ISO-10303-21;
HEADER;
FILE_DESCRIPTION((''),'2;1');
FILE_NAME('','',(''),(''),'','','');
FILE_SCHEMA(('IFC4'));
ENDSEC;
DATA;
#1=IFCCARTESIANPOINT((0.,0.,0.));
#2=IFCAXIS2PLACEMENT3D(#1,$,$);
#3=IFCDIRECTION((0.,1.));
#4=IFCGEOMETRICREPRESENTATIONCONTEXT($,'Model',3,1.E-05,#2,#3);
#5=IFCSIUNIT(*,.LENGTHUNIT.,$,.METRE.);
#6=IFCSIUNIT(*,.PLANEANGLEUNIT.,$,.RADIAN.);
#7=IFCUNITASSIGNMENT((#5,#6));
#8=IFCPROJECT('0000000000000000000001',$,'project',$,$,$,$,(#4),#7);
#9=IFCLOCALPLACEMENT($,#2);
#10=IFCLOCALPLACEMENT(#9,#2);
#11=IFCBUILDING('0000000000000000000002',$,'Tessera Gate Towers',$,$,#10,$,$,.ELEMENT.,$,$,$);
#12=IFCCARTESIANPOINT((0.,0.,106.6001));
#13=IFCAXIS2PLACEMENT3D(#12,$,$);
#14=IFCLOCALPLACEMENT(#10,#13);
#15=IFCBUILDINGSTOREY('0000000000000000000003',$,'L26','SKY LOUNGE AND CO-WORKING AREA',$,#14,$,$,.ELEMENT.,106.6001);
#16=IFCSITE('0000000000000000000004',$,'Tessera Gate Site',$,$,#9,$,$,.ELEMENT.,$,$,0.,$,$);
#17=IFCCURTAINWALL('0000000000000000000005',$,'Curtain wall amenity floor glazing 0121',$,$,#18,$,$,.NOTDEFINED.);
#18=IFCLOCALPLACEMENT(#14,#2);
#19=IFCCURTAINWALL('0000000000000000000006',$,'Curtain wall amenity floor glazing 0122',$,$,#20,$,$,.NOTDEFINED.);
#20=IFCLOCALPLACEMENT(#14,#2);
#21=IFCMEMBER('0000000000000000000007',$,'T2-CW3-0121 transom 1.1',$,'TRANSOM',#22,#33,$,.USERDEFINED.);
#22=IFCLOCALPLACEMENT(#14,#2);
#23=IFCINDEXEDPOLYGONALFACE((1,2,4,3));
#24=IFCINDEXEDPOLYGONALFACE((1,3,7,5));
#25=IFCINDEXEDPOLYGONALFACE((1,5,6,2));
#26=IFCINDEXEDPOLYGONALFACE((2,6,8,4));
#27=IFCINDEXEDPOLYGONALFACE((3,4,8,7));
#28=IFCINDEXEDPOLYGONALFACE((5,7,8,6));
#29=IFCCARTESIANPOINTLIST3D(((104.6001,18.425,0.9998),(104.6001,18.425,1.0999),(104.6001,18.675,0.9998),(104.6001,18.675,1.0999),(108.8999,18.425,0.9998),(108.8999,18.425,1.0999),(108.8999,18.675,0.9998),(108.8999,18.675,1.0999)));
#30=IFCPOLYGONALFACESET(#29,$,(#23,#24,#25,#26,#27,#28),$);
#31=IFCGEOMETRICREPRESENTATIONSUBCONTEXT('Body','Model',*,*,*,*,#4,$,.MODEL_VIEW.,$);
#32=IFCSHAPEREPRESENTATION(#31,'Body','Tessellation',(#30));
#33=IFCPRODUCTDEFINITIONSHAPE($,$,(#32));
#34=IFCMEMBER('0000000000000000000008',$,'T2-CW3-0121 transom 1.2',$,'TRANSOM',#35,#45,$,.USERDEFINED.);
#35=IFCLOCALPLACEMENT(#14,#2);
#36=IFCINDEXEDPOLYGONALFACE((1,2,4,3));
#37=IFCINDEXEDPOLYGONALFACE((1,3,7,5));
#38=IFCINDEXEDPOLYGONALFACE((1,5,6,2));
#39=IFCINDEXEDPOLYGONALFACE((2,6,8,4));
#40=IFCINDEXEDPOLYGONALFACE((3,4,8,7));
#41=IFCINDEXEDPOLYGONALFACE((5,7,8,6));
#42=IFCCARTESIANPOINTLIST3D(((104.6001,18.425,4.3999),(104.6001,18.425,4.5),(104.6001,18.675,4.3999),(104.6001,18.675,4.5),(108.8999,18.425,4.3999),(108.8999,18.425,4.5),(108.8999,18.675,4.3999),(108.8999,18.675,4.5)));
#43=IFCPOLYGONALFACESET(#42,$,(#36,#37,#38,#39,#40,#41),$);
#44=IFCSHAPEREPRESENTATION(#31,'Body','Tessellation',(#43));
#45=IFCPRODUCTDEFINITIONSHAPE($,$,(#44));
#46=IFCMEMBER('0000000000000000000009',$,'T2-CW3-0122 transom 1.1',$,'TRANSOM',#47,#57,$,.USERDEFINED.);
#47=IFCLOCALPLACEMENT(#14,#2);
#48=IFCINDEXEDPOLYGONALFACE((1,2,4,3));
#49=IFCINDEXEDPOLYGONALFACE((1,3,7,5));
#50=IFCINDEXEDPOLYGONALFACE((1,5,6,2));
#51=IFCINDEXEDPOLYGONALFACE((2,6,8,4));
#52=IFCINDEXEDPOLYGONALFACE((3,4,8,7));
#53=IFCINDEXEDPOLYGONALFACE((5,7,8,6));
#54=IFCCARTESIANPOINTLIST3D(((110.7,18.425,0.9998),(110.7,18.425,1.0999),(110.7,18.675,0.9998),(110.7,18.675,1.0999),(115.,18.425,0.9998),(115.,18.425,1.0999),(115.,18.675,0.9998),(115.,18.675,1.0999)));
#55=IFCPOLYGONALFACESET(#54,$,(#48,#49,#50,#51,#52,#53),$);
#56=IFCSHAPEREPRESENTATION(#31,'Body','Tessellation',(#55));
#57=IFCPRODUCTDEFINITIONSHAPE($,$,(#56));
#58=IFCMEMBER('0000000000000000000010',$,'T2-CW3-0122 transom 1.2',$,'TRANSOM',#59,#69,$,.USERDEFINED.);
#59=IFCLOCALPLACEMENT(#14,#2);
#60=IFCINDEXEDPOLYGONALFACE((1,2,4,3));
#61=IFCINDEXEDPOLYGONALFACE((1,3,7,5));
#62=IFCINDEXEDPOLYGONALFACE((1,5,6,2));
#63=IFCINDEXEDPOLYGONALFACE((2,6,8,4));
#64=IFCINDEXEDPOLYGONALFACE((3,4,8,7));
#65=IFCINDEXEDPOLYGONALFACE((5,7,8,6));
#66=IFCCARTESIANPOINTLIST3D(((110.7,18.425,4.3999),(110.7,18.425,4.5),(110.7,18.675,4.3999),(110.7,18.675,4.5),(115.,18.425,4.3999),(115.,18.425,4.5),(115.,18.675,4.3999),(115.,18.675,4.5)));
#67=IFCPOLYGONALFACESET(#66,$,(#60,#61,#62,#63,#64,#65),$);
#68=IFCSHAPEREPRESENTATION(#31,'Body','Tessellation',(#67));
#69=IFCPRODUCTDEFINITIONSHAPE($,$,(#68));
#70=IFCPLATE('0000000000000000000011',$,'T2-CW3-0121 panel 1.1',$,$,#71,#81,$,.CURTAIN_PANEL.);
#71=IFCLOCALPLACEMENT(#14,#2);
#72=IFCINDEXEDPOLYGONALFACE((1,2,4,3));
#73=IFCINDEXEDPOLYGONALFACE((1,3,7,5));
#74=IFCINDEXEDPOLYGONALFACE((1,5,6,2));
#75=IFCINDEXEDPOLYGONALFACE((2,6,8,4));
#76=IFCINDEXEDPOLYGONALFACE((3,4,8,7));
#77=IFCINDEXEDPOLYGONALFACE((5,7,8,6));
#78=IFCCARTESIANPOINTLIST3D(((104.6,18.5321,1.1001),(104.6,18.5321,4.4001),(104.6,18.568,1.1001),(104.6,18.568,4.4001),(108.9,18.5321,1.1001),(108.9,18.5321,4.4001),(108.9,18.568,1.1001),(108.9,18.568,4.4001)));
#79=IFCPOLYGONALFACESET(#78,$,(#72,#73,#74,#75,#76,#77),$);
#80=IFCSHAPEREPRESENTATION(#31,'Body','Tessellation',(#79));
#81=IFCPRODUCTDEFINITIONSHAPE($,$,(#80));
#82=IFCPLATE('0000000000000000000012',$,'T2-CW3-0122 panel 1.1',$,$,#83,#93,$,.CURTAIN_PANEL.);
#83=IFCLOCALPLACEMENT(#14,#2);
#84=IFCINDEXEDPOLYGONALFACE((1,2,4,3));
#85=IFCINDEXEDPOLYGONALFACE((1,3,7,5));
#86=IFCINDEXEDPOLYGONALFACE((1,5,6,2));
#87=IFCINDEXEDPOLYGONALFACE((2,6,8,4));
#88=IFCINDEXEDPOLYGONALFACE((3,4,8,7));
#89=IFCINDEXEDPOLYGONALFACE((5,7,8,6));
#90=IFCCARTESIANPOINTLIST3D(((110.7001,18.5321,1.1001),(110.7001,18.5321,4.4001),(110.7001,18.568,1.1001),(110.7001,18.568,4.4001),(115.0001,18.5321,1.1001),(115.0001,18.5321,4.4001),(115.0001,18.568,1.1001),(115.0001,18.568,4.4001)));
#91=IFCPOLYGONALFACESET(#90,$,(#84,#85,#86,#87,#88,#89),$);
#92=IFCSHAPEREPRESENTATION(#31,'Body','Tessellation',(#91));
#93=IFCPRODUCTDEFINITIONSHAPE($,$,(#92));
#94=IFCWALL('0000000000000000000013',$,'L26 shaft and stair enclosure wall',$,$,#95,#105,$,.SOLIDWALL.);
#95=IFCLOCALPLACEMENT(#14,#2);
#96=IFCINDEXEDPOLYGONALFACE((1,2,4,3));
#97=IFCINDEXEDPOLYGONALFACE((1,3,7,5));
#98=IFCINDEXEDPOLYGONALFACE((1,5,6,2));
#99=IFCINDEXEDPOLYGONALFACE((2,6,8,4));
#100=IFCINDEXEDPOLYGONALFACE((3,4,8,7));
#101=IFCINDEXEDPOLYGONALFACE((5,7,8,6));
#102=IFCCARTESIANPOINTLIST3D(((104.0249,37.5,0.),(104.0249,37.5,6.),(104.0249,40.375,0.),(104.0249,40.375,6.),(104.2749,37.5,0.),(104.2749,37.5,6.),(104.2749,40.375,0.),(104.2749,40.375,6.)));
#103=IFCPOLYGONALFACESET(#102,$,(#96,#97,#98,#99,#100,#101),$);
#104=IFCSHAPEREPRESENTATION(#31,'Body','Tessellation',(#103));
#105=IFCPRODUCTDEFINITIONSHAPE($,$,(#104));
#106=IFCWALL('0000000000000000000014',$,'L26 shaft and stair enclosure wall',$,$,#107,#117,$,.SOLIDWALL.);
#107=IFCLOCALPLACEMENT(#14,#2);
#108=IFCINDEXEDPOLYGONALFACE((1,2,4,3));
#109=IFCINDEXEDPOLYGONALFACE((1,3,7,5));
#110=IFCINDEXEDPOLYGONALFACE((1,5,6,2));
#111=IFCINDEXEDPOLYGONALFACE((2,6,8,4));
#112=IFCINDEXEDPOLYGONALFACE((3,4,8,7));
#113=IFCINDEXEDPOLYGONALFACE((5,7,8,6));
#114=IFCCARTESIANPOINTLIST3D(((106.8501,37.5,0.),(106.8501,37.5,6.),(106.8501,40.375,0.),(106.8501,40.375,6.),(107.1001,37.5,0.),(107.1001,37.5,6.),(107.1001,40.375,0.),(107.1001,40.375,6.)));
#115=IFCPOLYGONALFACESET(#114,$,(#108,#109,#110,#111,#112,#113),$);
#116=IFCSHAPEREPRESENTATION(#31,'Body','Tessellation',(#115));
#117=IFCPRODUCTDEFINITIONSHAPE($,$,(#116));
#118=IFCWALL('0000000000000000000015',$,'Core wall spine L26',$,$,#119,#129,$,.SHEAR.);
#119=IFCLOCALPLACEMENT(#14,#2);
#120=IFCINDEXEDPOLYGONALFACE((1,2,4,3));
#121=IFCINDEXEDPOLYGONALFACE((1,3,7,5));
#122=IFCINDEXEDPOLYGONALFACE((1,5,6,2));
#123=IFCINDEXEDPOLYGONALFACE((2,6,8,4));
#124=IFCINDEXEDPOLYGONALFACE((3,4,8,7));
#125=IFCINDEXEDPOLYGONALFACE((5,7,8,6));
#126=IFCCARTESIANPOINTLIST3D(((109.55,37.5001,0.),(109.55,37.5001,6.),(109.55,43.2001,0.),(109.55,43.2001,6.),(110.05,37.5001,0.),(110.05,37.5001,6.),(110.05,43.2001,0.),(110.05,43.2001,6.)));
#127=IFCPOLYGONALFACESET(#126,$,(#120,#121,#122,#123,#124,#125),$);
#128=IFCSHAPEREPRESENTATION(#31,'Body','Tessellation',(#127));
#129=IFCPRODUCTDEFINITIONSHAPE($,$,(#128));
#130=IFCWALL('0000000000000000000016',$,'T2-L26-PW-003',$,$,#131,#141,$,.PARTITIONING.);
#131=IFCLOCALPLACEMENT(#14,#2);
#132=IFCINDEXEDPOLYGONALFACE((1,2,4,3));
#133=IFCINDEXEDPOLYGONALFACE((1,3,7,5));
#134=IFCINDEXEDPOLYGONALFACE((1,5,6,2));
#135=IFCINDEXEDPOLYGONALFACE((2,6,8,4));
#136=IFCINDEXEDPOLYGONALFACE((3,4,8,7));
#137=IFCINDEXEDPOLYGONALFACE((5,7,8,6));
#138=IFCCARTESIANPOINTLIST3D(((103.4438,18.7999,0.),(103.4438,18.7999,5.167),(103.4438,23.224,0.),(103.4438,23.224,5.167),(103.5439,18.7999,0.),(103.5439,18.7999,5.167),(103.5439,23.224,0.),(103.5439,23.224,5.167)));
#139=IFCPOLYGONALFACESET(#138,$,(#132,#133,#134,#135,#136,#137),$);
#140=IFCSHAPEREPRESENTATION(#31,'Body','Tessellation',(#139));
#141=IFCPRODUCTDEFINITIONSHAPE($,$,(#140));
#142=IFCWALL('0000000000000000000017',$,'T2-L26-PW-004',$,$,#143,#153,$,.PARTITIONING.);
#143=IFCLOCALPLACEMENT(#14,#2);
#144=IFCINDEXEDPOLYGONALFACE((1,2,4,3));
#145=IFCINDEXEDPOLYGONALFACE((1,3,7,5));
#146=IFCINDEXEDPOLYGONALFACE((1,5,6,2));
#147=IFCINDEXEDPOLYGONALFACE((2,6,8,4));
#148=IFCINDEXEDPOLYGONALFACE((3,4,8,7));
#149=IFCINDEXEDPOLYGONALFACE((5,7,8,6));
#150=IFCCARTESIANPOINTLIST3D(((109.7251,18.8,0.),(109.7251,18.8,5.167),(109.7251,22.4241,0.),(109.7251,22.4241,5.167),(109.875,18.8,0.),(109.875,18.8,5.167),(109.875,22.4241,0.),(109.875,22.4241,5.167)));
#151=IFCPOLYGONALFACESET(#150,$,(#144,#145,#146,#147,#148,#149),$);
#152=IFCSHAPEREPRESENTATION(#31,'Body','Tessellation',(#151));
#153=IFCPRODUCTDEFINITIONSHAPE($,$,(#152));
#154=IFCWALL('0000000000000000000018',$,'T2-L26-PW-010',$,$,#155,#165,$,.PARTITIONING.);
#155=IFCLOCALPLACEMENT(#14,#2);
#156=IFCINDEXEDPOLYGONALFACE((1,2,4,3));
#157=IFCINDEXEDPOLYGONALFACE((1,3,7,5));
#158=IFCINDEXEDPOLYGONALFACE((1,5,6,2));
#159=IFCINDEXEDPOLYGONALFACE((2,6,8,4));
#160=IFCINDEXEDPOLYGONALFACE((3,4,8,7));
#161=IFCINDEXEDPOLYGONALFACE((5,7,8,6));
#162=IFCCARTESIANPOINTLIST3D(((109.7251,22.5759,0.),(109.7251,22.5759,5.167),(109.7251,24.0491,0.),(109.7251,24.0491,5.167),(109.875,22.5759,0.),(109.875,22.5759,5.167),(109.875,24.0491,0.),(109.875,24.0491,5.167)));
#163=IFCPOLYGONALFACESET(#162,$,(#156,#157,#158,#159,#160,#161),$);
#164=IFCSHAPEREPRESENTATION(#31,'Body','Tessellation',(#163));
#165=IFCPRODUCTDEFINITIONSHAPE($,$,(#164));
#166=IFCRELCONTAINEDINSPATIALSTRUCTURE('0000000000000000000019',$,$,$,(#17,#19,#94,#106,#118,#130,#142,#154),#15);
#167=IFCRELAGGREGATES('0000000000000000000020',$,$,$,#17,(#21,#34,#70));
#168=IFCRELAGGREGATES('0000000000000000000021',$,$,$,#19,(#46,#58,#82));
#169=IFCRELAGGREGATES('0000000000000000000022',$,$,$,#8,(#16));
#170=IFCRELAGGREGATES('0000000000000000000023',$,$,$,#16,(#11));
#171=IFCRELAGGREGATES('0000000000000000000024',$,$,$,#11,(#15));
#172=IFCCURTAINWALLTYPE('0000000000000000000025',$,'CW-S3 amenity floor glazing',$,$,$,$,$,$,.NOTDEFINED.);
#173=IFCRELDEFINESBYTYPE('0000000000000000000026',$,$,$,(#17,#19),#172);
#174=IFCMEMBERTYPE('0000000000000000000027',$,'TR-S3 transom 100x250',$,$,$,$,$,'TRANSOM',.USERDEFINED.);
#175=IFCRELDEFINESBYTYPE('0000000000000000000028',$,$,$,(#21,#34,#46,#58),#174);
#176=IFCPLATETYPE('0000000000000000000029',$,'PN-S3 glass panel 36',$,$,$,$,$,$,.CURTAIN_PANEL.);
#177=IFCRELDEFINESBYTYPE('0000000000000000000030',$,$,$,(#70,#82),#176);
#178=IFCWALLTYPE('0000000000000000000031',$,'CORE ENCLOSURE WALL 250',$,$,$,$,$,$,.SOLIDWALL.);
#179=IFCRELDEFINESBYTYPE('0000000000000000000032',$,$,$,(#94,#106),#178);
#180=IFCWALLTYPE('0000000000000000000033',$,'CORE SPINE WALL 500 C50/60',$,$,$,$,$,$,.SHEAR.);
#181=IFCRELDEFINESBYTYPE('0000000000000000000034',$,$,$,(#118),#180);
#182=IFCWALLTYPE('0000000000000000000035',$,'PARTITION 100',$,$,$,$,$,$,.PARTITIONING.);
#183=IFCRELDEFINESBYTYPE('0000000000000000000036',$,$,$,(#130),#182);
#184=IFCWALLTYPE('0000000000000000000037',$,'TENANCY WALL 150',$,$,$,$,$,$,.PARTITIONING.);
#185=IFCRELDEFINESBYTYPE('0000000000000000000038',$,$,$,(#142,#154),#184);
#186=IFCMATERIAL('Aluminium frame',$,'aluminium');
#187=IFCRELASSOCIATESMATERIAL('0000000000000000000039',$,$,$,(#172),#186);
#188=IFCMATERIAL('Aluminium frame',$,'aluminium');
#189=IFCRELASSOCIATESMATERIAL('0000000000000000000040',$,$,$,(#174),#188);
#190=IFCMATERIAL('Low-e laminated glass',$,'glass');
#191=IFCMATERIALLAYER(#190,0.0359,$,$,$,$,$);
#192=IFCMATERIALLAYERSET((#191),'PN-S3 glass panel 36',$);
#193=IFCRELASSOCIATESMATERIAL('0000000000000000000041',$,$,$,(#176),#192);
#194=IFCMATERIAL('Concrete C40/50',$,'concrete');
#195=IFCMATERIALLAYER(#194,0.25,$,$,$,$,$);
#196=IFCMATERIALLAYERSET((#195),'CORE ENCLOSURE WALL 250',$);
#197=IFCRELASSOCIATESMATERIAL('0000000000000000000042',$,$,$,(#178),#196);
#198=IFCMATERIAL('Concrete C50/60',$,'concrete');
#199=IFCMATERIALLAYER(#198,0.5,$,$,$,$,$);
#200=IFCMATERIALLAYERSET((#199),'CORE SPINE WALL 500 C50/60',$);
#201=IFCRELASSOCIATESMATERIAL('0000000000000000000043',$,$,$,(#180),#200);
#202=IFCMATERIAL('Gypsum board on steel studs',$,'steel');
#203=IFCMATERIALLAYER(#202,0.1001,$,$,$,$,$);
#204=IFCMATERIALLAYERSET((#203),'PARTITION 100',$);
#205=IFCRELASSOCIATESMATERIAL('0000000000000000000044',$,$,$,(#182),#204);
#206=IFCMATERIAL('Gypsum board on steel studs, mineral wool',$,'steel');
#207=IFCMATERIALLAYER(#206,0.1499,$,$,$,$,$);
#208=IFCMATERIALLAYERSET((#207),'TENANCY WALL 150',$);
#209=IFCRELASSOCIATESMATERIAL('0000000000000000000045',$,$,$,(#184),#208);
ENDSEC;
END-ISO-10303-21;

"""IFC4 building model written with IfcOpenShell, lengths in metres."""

from ifc_helpers import new_model, si_unit, direction, frame, frame_2d, origin, origin_2d, place, context, subcontext, project, spatial, rectangle, extrude, material, layer, layer_set, material_profile, profile_set, type_object, element, aggregate, save


model = new_model("IFC4")

# Units and contexts
model_context = context("Model", 3, precision=1e-05, world=origin(), true_north=direction((0.0, 1.0)))
body_context = subcontext(model_context, "Body", "Model", "MODEL_VIEW")
ifc_project = project(units=[si_unit("LENGTHUNIT", "METRE"), si_unit("PLANEANGLEUNIT", "RADIAN")], contexts=[model_context])

# Site, building, storey
site_placement = place(None, origin())
site = spatial("IfcSite", under=ifc_project, at=site_placement, Name="Tessera Gate Site", CompositionType="ELEMENT", RefElevation=0.0)
building_placement = place(site_placement, origin())
building = spatial("IfcBuilding", under=site, at=building_placement, Name="Tessera Gate Towers", CompositionType="ELEMENT")
storey_placement = place(building_placement, frame((0.0, 0.0, 106.6001)))
storey = spatial("IfcBuildingStorey", under=building, at=storey_placement, Name="L26", Description="SKY LOUNGE AND CO-WORKING AREA", CompositionType="ELEMENT", Elevation=106.6001)

# Curtain wall
ifc_material_1 = material(Name="Aluminium frame", Category="aluminium")
curtain_wall_type = type_object("IfcCurtainWallType", Name="CW-S3 amenity floor glazing", PredefinedType="NOTDEFINED", material=ifc_material_1)
curtain_wall_1_placement = place(storey_placement, origin())
curtain_wall_1 = element("IfcCurtainWall", 1, at=curtain_wall_1_placement, inside=storey, type_object=curtain_wall_type, Name="Curtain wall amenity floor glazing 0121", PredefinedType="NOTDEFINED")

# Curtain wall
curtain_wall_2_placement = place(storey_placement, origin())
curtain_wall_2 = element("IfcCurtainWall", 2, at=curtain_wall_2_placement, inside=storey, type_object=curtain_wall_type, Name="Curtain wall amenity floor glazing 0122", PredefinedType="NOTDEFINED")

# Members
ifc_material_2 = material(Name="Aluminium frame", Category="aluminium")
ifc_material_profile_1 = material_profile(ifc_material_2, rectangle(XDim=0.25, YDim=0.1001, at=origin_2d()), Name="AL 100x250")
ifc_profile_set_1 = profile_set([ifc_material_profile_1], Name="Aluminium frame")
member_type_1 = type_object("IfcMemberType", Name="TR-S3 transom 100x250", ElementType="TRANSOM", PredefinedType="USERDEFINED", material=ifc_profile_set_1)
member_1_placement = place(storey_placement, frame((104.6001, 18.55, 1.0498), z_axis=(1.0, 0.0, 0.0), x_axis=(0.0, 1.0, 0.0)))
member_1 = element("IfcMember", 3, at=member_1_placement, type_object=member_type_1, Name="T2-CW3-0121 transom 1.1", ObjectType="TRANSOM", PredefinedType="USERDEFINED", context=body_context, shape_type="SweptSolid", body=[
    extrude(rectangle(XDim=0.25, YDim=0.1001, at=origin_2d()), origin(), (0.0, 0.0, 1.0), 4.2998),
])
member_2_placement = place(storey_placement, frame((104.6001, 18.55, 4.45), z_axis=(1.0, 0.0, 0.0), x_axis=(0.0, 1.0, 0.0)))
member_2 = element("IfcMember", 4, at=member_2_placement, type_object=member_type_1, Name="T2-CW3-0121 transom 1.2", ObjectType="TRANSOM", PredefinedType="USERDEFINED", context=body_context, shape_type="SweptSolid", body=[
    extrude(rectangle(XDim=0.25, YDim=0.1001, at=origin_2d()), origin(), (0.0, 0.0, 1.0), 4.2998),
])
member_3_placement = place(storey_placement, frame((110.7, 18.55, 1.0498), z_axis=(1.0, 0.0, 0.0), x_axis=(0.0, 1.0, 0.0)))
member_3 = element("IfcMember", 5, at=member_3_placement, type_object=member_type_1, Name="T2-CW3-0122 transom 1.1", ObjectType="TRANSOM", PredefinedType="USERDEFINED", context=body_context, shape_type="SweptSolid", body=[
    extrude(rectangle(XDim=0.25, YDim=0.1001, at=origin_2d()), origin(), (0.0, 0.0, 1.0), 4.3),
])
member_4_placement = place(storey_placement, frame((110.7, 18.55, 4.45), z_axis=(1.0, 0.0, 0.0), x_axis=(0.0, 1.0, 0.0)))
member_4 = element("IfcMember", 6, at=member_4_placement, type_object=member_type_1, Name="T2-CW3-0122 transom 1.2", ObjectType="TRANSOM", PredefinedType="USERDEFINED", context=body_context, shape_type="SweptSolid", body=[
    extrude(rectangle(XDim=0.25, YDim=0.1001, at=origin_2d()), origin(), (0.0, 0.0, 1.0), 4.3),
])

# Plates
ifc_material_3 = material(Name="Low-e laminated glass", Category="glass")
ifc_layer_1 = layer(ifc_material_3, 0.0359)
ifc_layer_set_1 = layer_set([ifc_layer_1], Name="PN-S3 glass panel 36")
plate_type = type_object("IfcPlateType", Name="PN-S3 glass panel 36", PredefinedType="CURTAIN_PANEL", material=ifc_layer_set_1)
plate_1_placement = place(storey_placement, frame((106.75, 18.55, 1.1001), z_axis=(0.0, 0.0, 1.0), x_axis=(1.0, 0.0, 0.0)))
plate_1 = element("IfcPlate", 7, at=plate_1_placement, type_object=plate_type, Name="T2-CW3-0121 panel 1.1", PredefinedType="CURTAIN_PANEL", context=body_context, shape_type="SweptSolid", body=[
    extrude(rectangle(XDim=4.3, YDim=0.0359, at=origin_2d()), origin(), (0.0, 0.0, 1.0), 3.3),
])
aggregate(curtain_wall_1, [member_1, member_2, plate_1])
plate_2_placement = place(storey_placement, frame((112.8501, 18.55, 1.1001), z_axis=(0.0, 0.0, 1.0), x_axis=(1.0, 0.0, 0.0)))
plate_2 = element("IfcPlate", 8, at=plate_2_placement, type_object=plate_type, Name="T2-CW3-0122 panel 1.1", PredefinedType="CURTAIN_PANEL", context=body_context, shape_type="SweptSolid", body=[
    extrude(rectangle(XDim=4.3, YDim=0.0359, at=origin_2d()), origin(), (0.0, 0.0, 1.0), 3.3),
])
aggregate(curtain_wall_2, [member_3, member_4, plate_2])

# Walls
ifc_material_4 = material(Name="Concrete C40/50", Category="concrete")
ifc_layer_2 = layer(ifc_material_4, 0.25)
ifc_layer_set_2 = layer_set([ifc_layer_2], Name="CORE ENCLOSURE WALL 250")
wall_type_1 = type_object("IfcWallType", Name="CORE ENCLOSURE WALL 250", PredefinedType="SOLIDWALL", material=ifc_layer_set_2)
for number, where, z_axis, x_axis, name in (
    (9, (104.1499, 37.5, 0.0), (0.0, 0.0, 1.0), (0.0, 1.0, 0.0), "L26 shaft and stair enclosure wall"),
    (10, (106.9751, 37.5, 0.0), (0.0, 0.0, 1.0), (0.0, 1.0, 0.0), "L26 shaft and stair enclosure wall"),
):
    element("IfcWall", number, at=place(storey_placement, frame(where, z_axis=z_axis, x_axis=x_axis)), inside=storey, type_object=wall_type_1, Name=name, PredefinedType="SOLIDWALL", context=body_context, shape_type="SweptSolid", body=[
        extrude(rectangle(XDim=2.875, YDim=0.25, at=frame_2d((1.4375, 0.0))), origin(), (0.0, 0.0, 1.0), 6.0),
    ])
ifc_material_5 = material(Name="Concrete C50/60", Category="concrete")
ifc_layer_3 = layer(ifc_material_5, 0.5)
ifc_layer_set_3 = layer_set([ifc_layer_3], Name="CORE SPINE WALL 500 C50/60")
wall_type_2 = type_object("IfcWallType", Name="CORE SPINE WALL 500 C50/60", PredefinedType="SHEAR", material=ifc_layer_set_3)
wall_1_placement = place(storey_placement, frame((109.8, 37.5, 0.0), z_axis=(0.0, 0.0, 1.0), x_axis=(0.0, 1.0, 0.0)))
element("IfcWall", 11, at=wall_1_placement, inside=storey, type_object=wall_type_2, Name="Core wall spine L26", PredefinedType="SHEAR", context=body_context, shape_type="SweptSolid", body=[
    extrude(rectangle(XDim=5.7, YDim=0.5, at=frame_2d((2.8501, 0.0))), origin(), (0.0, 0.0, 1.0), 6.0),
])
ifc_material_6 = material(Name="Gypsum board on steel studs", Category="steel")
ifc_layer_4 = layer(ifc_material_6, 0.1001)
ifc_layer_set_4 = layer_set([ifc_layer_4], Name="PARTITION 100")
wall_type_3 = type_object("IfcWallType", Name="PARTITION 100", PredefinedType="PARTITIONING", material=ifc_layer_set_4)
wall_2_placement = place(storey_placement, frame((103.4939, 18.8, 0.0), z_axis=(0.0, 0.0, 1.0), x_axis=(0.0, 1.0, 0.0)))
element("IfcWall", 12, at=wall_2_placement, inside=storey, type_object=wall_type_3, Name="T2-L26-PW-003", PredefinedType="PARTITIONING", context=body_context, shape_type="SweptSolid", body=[
    extrude(rectangle(XDim=4.4241, YDim=0.1001, at=frame_2d((2.2119, 0.0))), origin(), (0.0, 0.0, 1.0), 5.167),
])
ifc_material_7 = material(Name="Gypsum board on steel studs, mineral wool", Category="steel")
ifc_layer_5 = layer(ifc_material_7, 0.1499)
ifc_layer_set_5 = layer_set([ifc_layer_5], Name="TENANCY WALL 150")
wall_type_4 = type_object("IfcWallType", Name="TENANCY WALL 150", PredefinedType="PARTITIONING", material=ifc_layer_set_5)
wall_3_placement = place(storey_placement, frame((109.8, 18.8, 0.0), z_axis=(0.0, 0.0, 1.0), x_axis=(0.0, 1.0, 0.0)))
element("IfcWall", 13, at=wall_3_placement, inside=storey, type_object=wall_type_4, Name="T2-L26-PW-004", PredefinedType="PARTITIONING", context=body_context, shape_type="SweptSolid", body=[
    extrude(rectangle(XDim=3.624, YDim=0.1499, at=frame_2d((1.812, 0.0))), origin(), (0.0, 0.0, 1.0), 5.167),
])
wall_4_placement = place(storey_placement, frame((109.8, 22.5759, 0.0), z_axis=(0.0, 0.0, 1.0), x_axis=(0.0, 1.0, 0.0)))
element("IfcWall", 14, at=wall_4_placement, inside=storey, type_object=wall_type_4, Name="T2-L26-PW-010", PredefinedType="PARTITIONING", context=body_context, shape_type="SweptSolid", body=[
    extrude(rectangle(XDim=1.4731, YDim=0.1499, at=frame_2d((0.7366, 0.0))), origin(), (0.0, 0.0, 1.0), 5.167),
])

save(model, "model.ifc")
